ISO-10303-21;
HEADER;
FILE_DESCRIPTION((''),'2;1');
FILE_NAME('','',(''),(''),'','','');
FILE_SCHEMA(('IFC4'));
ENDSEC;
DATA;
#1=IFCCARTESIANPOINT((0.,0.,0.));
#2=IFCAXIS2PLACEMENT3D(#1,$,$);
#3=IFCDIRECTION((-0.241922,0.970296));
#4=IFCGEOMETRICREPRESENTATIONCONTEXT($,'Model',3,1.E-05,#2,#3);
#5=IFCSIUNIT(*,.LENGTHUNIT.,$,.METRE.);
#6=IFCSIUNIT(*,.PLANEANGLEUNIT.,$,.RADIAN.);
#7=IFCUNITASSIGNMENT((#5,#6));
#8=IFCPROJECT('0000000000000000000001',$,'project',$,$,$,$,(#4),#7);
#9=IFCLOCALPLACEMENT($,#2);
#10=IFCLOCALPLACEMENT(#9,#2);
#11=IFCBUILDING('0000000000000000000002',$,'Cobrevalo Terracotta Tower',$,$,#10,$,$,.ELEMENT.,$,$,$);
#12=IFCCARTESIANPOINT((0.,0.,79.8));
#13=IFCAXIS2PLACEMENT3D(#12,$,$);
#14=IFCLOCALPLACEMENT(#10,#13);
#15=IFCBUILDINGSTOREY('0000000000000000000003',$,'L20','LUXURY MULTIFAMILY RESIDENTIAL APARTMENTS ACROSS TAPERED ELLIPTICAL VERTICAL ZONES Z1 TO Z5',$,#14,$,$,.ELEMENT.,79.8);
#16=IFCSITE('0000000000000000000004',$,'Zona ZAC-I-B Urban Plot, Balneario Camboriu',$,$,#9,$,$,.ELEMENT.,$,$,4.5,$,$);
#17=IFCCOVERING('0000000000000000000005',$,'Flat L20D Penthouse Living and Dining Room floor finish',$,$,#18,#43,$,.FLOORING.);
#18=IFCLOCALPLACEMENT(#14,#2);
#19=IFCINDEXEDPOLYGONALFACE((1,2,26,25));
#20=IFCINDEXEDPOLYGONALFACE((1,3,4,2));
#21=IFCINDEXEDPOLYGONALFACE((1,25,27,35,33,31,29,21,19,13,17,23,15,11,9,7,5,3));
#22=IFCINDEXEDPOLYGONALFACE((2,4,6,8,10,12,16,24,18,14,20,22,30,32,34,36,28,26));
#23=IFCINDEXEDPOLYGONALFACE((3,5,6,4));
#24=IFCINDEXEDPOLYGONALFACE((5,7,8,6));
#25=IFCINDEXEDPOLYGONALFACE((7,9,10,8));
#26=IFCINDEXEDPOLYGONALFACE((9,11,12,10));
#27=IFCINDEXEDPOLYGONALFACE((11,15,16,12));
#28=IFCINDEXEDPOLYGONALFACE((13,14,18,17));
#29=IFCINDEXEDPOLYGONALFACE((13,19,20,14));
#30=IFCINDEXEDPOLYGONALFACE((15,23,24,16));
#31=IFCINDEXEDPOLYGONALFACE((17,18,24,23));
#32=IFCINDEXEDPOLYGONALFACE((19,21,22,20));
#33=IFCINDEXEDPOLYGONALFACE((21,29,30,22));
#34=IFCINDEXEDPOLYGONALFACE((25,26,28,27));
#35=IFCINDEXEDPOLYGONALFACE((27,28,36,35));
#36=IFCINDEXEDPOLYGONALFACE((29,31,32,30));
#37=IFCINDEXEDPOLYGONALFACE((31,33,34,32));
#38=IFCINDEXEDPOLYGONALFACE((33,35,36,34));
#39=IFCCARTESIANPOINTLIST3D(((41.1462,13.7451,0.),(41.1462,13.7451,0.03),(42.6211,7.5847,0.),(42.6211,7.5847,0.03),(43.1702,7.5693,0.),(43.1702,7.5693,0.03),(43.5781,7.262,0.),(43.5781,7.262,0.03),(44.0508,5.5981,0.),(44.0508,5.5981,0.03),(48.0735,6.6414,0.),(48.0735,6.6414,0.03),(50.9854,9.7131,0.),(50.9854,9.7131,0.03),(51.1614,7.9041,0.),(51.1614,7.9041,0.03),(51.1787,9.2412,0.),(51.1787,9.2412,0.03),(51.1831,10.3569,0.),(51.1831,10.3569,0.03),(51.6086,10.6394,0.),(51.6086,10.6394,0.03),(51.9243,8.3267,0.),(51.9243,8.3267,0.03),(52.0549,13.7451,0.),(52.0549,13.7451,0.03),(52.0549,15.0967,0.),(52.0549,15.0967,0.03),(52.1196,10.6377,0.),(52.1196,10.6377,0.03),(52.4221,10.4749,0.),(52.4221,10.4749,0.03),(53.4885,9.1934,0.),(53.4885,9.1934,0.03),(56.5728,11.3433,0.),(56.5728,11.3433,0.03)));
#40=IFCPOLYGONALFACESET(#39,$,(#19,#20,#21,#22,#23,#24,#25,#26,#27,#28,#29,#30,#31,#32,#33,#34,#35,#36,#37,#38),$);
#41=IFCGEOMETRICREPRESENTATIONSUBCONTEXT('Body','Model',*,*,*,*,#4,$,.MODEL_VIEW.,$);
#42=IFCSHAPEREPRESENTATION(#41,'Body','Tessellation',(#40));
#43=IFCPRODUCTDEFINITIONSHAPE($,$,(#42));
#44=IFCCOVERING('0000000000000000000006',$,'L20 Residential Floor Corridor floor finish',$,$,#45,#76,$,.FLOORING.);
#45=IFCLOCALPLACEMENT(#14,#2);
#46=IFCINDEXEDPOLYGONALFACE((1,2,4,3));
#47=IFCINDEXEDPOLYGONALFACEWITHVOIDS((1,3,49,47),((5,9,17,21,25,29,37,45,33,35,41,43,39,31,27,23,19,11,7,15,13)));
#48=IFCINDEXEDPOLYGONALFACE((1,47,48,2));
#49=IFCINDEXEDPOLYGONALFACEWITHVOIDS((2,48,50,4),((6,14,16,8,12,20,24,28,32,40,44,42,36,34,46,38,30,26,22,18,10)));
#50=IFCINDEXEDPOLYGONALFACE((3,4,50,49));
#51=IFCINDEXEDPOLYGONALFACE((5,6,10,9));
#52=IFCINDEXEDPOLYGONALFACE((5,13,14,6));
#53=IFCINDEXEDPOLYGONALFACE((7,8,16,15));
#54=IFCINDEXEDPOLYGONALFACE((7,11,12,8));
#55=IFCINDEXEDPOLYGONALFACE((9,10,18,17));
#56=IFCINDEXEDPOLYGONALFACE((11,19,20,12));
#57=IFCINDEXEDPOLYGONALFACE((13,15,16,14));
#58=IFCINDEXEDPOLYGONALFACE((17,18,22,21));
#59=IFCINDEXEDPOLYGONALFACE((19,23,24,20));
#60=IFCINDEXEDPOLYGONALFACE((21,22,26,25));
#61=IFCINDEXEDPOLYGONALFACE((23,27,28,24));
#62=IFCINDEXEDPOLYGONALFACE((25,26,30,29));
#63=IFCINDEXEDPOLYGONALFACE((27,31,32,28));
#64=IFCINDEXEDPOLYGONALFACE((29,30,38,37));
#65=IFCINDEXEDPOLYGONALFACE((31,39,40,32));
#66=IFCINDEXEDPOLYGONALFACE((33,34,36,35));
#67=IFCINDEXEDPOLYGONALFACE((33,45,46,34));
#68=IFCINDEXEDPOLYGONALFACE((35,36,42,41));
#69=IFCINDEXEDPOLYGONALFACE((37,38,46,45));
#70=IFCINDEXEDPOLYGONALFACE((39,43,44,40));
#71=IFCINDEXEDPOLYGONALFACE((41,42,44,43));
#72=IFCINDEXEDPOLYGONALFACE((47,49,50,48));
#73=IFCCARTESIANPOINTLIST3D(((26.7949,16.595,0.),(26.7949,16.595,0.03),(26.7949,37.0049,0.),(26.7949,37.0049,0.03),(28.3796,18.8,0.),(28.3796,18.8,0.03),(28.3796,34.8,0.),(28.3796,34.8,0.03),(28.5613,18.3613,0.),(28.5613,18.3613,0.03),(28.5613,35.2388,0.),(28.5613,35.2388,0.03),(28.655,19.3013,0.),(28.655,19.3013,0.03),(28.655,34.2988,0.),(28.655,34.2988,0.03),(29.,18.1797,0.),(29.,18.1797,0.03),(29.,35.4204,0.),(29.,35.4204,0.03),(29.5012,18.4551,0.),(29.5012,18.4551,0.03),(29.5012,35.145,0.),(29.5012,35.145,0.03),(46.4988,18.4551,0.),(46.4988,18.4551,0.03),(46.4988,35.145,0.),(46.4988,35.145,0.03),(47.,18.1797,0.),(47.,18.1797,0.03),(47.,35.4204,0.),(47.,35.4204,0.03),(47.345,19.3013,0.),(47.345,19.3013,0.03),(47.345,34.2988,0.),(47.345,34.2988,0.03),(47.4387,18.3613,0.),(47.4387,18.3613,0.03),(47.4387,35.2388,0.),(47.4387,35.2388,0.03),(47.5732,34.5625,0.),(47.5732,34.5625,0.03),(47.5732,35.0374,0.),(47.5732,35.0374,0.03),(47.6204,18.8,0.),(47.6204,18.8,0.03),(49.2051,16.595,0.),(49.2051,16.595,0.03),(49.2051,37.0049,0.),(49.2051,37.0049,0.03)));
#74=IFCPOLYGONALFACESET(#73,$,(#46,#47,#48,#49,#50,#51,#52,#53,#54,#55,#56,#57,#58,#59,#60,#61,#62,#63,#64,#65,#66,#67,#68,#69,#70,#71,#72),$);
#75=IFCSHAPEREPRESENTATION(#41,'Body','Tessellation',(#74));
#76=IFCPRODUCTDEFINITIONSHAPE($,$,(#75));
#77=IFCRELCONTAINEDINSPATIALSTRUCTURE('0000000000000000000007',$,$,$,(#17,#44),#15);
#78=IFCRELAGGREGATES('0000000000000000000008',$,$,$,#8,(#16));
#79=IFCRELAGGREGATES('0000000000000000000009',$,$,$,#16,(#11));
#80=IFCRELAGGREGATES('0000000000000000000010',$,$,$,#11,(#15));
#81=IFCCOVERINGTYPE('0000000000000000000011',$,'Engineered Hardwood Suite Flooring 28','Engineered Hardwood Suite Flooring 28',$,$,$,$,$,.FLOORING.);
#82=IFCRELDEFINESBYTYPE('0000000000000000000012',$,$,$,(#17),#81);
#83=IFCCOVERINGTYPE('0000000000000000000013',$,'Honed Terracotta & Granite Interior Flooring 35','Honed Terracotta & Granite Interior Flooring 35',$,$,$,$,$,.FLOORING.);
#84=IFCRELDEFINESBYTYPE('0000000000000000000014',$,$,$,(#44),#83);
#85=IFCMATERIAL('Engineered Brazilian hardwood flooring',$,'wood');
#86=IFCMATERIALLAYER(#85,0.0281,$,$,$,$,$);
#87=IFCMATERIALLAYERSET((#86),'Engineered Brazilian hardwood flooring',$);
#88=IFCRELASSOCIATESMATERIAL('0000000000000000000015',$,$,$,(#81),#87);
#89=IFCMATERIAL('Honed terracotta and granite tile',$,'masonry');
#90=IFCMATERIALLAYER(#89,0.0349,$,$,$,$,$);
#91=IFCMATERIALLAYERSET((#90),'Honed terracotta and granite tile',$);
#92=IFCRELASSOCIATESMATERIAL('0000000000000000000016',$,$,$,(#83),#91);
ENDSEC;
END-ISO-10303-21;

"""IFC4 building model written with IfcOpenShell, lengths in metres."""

from ifc_helpers import new_model, si_unit, direction, frame, origin, place, context, subcontext, project, spatial, polyline, outline, extrude, material, layer, layer_set, type_object, element, save


model = new_model("IFC4")

# Units and contexts
model_context = context("Model", 3, precision=1e-05, world=origin(), true_north=direction((-0.241922, 0.970296)))
body_context = subcontext(model_context, "Body", "Model", "MODEL_VIEW")
ifc_project = project(units=[si_unit("LENGTHUNIT", "METRE"), si_unit("PLANEANGLEUNIT", "RADIAN")], contexts=[model_context])

# Site, building, storey
site_placement = place(None, origin())
site = spatial("IfcSite", under=ifc_project, at=site_placement, Name="Zona ZAC-I-B Urban Plot, Balneario Camboriu", CompositionType="ELEMENT", RefElevation=4.5)
building_placement = place(site_placement, origin())
building = spatial("IfcBuilding", under=site, at=building_placement, Name="Cobrevalo Terracotta Tower", CompositionType="ELEMENT")
storey_placement = place(building_placement, frame((0.0, 0.0, 79.8)))
storey = spatial("IfcBuildingStorey", under=building, at=storey_placement, Name="L20", Description="LUXURY MULTIFAMILY RESIDENTIAL APARTMENTS ACROSS TAPERED ELLIPTICAL VERTICAL ZONES Z1 TO Z5", CompositionType="ELEMENT", Elevation=79.8)

# Coverings
ifc_material_1 = material(Name="Engineered Brazilian hardwood flooring", Category="wood")
ifc_layer_1 = layer(ifc_material_1, 0.0281)
ifc_layer_set_1 = layer_set([ifc_layer_1], Name="Engineered Brazilian hardwood flooring")
covering_type_1 = type_object("IfcCoveringType", Name="Engineered Hardwood Suite Flooring 28", Description="Engineered Hardwood Suite Flooring 28", PredefinedType="FLOORING", material=ifc_layer_set_1)
covering_1_placement = place(storey_placement, origin())
element("IfcCovering", 1, at=covering_1_placement, inside=storey, type_object=covering_type_1, Name="Flat L20D Penthouse Living and Dining Room floor finish", PredefinedType="FLOORING", context=body_context, shape_type="SweptSolid", body=[
    extrude(outline(polyline([(53.4885, 9.1934), (52.4221, 10.4749), (52.1196, 10.6377), (51.6086, 10.6394), (51.1831, 10.3569), (50.9854, 9.7131), (51.1787, 9.2412), (51.9243, 8.3267), (51.1614, 7.9041), (48.0735, 6.6414), (44.0508, 5.5981), (43.5781, 7.262), (43.1702, 7.5693), (42.6211, 7.5847), (41.1462, 13.7451), (52.0549, 13.7451), (52.0549, 15.0967), (56.5728, 11.3433), (53.4885, 9.1934)])), origin(), (0.0, 0.0, 1.0), 0.03),
])
ifc_material_2 = material(Name="Honed terracotta and granite tile", Category="masonry")
ifc_layer_2 = layer(ifc_material_2, 0.0349)
ifc_layer_set_2 = layer_set([ifc_layer_2], Name="Honed terracotta and granite tile")
covering_type_2 = type_object("IfcCoveringType", Name="Honed Terracotta & Granite Interior Flooring 35", Description="Honed Terracotta & Granite Interior Flooring 35", PredefinedType="FLOORING", material=ifc_layer_set_2)
covering_2_placement = place(storey_placement, origin())
element("IfcCovering", 2, at=covering_2_placement, inside=storey, type_object=covering_type_2, Name="L20 Residential Floor Corridor floor finish", PredefinedType="FLOORING", context=body_context, shape_type="SweptSolid", body=[
    extrude(outline(polyline([(49.2051, 37.0049), (49.2051, 16.595), (26.7949, 16.595), (26.7949, 37.0049), (49.2051, 37.0049)]), holes=[polyline([(47.345, 34.2988), (47.5732, 34.5625), (47.5732, 35.0374), (47.4387, 35.2388), (47.0, 35.4204), (46.4988, 35.145), (29.5012, 35.145), (29.0, 35.4204), (28.5613, 35.2388), (28.3796, 34.8), (28.655, 34.2988), (28.655, 19.3013), (28.3796, 18.8), (28.5613, 18.3613), (29.0, 18.1797), (29.5012, 18.4551), (46.4988, 18.4551), (47.0, 18.1797), (47.4387, 18.3613), (47.6204, 18.8), (47.345, 19.3013), (47.345, 34.2988)])]), origin(), (0.0, 0.0, 1.0), 0.03),
])

save(model, "model.ifc")
